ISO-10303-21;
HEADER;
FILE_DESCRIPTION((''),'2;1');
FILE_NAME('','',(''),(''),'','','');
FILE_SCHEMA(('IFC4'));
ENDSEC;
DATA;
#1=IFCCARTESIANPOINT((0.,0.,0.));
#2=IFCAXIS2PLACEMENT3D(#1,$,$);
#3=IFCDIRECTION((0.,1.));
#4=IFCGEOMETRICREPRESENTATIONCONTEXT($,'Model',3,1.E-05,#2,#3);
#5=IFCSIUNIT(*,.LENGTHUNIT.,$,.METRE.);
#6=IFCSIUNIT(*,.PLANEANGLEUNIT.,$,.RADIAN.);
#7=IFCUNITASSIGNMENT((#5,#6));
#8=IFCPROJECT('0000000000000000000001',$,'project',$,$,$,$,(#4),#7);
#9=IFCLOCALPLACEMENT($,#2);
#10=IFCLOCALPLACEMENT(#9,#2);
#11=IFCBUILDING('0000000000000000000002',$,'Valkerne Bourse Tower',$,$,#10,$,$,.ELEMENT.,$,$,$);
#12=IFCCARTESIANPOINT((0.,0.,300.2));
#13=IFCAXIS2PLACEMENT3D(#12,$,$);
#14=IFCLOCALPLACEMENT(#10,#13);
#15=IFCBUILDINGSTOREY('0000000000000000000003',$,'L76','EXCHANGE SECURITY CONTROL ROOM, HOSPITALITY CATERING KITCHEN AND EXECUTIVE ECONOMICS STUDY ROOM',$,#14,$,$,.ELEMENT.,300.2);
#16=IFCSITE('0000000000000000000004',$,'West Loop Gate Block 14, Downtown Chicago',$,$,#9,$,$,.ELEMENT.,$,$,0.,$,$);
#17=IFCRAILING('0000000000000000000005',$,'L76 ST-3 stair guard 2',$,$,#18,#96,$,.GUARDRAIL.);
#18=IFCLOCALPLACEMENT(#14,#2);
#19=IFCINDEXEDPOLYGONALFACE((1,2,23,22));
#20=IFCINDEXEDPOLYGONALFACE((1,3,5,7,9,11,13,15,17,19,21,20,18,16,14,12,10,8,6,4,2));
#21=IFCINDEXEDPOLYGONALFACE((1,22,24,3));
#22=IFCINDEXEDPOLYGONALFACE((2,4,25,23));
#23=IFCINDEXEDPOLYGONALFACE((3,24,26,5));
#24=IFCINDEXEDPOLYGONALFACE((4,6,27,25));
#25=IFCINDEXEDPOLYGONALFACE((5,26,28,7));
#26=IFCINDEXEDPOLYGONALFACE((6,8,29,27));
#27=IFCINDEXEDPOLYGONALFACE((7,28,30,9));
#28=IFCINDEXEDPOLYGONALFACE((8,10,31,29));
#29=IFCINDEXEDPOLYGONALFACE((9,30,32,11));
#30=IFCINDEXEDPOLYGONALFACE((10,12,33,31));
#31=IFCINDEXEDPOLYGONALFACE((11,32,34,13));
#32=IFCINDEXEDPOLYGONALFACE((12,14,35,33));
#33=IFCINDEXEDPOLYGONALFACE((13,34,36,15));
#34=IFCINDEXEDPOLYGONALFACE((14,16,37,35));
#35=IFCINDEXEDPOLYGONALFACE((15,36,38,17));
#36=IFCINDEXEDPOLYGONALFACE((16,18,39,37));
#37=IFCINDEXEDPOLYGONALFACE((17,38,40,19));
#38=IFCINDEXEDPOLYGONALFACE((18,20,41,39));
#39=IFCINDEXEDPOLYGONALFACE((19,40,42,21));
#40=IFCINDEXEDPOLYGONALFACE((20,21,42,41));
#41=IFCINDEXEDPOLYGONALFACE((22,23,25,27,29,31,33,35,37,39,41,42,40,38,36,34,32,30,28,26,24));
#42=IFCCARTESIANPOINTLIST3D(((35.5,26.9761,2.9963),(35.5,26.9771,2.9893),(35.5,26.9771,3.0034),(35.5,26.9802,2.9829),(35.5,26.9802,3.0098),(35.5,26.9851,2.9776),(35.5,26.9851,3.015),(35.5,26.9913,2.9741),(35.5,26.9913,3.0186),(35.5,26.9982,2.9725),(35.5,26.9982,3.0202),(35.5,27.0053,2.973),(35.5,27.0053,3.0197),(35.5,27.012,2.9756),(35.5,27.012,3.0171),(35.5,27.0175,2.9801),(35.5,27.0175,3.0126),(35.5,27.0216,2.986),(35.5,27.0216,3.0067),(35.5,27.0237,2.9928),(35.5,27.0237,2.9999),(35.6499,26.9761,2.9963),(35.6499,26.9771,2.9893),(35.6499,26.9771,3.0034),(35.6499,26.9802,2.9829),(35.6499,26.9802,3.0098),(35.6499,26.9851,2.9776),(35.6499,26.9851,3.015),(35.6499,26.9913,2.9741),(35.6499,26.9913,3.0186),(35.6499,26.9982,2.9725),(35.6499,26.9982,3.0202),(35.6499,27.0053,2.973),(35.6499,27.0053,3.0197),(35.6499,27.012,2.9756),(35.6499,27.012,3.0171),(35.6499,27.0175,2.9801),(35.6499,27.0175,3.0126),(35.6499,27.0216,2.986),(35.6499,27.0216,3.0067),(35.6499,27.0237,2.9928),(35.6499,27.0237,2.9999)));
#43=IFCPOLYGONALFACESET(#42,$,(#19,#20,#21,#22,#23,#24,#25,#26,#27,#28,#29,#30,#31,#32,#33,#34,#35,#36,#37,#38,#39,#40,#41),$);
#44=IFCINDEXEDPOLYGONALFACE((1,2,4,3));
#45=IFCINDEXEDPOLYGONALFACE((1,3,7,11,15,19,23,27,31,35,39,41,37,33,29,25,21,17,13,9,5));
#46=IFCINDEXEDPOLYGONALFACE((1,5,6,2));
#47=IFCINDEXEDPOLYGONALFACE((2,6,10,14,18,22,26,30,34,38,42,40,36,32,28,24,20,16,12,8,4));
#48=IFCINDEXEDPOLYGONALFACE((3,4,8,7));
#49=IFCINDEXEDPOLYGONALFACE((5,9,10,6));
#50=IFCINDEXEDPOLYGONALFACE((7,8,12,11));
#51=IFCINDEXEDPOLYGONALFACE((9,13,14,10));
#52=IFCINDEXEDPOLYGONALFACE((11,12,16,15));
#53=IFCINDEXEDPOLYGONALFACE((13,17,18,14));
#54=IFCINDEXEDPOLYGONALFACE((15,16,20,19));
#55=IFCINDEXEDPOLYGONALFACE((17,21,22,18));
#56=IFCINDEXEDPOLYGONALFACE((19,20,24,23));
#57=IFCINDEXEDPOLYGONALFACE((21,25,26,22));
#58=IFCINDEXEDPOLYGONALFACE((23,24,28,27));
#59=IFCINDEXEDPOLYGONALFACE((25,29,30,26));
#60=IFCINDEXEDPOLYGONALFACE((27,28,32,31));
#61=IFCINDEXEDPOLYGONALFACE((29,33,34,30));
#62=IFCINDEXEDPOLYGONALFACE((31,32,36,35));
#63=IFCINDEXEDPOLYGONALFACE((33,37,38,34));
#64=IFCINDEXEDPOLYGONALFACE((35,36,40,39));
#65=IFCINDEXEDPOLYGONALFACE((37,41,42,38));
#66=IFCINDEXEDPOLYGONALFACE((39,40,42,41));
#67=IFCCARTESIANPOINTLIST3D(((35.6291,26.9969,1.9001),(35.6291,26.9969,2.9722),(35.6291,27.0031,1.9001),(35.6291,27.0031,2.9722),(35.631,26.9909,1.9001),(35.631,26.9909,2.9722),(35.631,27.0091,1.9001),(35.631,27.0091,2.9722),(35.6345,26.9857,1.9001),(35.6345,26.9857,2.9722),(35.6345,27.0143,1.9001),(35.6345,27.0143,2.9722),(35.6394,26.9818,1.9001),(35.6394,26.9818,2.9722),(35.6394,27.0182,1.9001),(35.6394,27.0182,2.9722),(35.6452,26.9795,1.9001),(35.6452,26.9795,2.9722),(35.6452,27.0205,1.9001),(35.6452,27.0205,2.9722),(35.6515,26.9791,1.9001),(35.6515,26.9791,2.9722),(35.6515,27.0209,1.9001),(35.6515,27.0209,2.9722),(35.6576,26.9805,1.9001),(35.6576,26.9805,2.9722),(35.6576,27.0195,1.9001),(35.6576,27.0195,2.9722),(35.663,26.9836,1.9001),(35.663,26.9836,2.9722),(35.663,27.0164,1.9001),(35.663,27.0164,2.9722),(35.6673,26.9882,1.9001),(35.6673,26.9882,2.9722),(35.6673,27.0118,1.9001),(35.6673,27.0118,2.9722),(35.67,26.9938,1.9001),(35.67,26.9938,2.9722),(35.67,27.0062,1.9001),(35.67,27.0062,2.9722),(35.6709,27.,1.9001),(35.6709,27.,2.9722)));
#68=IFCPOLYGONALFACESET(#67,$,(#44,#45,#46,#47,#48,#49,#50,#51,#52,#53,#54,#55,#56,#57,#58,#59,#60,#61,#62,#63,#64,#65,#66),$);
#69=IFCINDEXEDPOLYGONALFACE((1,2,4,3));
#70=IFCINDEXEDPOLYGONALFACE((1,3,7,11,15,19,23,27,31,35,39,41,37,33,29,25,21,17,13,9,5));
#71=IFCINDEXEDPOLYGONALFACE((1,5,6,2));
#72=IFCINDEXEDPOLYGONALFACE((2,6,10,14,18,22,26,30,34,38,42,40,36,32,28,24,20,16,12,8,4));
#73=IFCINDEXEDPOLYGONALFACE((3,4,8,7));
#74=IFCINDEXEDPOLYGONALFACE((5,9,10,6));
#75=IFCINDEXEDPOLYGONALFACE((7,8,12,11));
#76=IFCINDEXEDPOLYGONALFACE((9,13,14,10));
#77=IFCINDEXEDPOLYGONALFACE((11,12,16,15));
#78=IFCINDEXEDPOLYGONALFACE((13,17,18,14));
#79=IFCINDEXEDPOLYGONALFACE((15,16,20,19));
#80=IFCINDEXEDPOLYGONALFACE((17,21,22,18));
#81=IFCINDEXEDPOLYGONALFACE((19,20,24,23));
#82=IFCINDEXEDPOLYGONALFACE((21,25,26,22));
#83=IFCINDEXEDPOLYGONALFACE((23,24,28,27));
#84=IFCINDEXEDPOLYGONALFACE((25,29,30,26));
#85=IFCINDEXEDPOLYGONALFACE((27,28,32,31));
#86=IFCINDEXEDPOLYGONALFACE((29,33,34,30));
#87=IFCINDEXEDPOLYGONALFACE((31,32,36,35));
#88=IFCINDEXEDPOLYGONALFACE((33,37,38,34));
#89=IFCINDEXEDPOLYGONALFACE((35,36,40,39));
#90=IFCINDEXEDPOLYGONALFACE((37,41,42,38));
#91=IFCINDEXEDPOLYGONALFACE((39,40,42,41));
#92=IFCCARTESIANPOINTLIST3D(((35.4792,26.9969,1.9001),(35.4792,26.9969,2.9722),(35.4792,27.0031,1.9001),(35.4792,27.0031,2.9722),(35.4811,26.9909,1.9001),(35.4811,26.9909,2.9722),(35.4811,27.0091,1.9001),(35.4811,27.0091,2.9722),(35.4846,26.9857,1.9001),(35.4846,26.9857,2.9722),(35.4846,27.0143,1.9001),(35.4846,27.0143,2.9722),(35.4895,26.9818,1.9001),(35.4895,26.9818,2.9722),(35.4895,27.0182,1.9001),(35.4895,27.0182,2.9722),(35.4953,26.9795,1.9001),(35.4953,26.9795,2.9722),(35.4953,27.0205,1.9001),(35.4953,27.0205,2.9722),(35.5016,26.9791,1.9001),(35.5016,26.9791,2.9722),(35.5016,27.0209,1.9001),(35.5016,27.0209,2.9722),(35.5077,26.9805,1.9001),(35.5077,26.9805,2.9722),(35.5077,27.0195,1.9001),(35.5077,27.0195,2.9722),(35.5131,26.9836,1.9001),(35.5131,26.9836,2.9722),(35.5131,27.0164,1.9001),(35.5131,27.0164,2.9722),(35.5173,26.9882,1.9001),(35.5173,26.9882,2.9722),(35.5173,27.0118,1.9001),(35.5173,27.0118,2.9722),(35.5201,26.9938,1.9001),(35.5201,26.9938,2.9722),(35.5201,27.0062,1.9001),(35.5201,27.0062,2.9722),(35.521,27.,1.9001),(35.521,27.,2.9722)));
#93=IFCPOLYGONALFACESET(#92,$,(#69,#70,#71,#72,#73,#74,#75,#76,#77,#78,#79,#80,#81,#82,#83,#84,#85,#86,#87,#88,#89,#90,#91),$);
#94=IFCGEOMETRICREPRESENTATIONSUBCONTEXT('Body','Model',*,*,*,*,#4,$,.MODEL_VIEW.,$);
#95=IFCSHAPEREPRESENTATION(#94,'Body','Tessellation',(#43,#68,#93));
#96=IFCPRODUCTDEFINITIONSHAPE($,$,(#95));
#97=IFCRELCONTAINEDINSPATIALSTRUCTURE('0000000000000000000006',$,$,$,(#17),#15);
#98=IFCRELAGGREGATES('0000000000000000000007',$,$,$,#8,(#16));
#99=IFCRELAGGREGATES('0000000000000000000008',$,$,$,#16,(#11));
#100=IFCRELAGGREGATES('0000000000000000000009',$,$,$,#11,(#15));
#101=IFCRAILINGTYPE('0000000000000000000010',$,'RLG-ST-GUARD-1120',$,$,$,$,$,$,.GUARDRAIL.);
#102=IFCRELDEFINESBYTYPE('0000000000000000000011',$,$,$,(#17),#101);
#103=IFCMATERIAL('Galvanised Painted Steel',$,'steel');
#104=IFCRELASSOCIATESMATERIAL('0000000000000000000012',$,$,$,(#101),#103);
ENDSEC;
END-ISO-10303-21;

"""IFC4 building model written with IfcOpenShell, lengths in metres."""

from ifc_helpers import new_model, si_unit, direction, frame, origin, origin_2d, place, context, subcontext, project, spatial, circle, extrude, material, type_object, element, save


model = new_model("IFC4")

# Units and contexts
model_context = context("Model", 3, precision=1e-05, world=origin(), true_north=direction((0.0, 1.0)))
body_context = subcontext(model_context, "Body", "Model", "MODEL_VIEW")
ifc_project = project(units=[si_unit("LENGTHUNIT", "METRE"), si_unit("PLANEANGLEUNIT", "RADIAN")], contexts=[model_context])

# Site, building, storey
site_placement = place(None, origin())
site = spatial("IfcSite", under=ifc_project, at=site_placement, Name="West Loop Gate Block 14, Downtown Chicago", CompositionType="ELEMENT", RefElevation=0.0)
building_placement = place(site_placement, origin())
building = spatial("IfcBuilding", under=site, at=building_placement, Name="Valkerne Bourse Tower", CompositionType="ELEMENT")
storey_placement = place(building_placement, frame((0.0, 0.0, 300.2)))
storey = spatial("IfcBuildingStorey", under=building, at=storey_placement, Name="L76", Description="EXCHANGE SECURITY CONTROL ROOM, HOSPITALITY CATERING KITCHEN AND EXECUTIVE ECONOMICS STUDY ROOM", CompositionType="ELEMENT", Elevation=300.2)

# Railing
ifc_material_1 = material(Name="Galvanised Painted Steel", Category="steel")
railing_type_1 = type_object("IfcRailingType", Name="RLG-ST-GUARD-1120", PredefinedType="GUARDRAIL", material=ifc_material_1)
railing_1_placement = place(storey_placement, frame((35.6499, 27.0, 1.9001)))
element("IfcRailing", 1, at=railing_1_placement, inside=storey, type_object=railing_type_1, Name="L76 ST-3 stair guard 2", PredefinedType="GUARDRAIL", context=body_context, shape_type="SweptSolid", body=[
    extrude(circle(Radius=0.0239, at=origin_2d()), frame((0.0, 0.0, 1.0962), z_axis=(-1.0, 0.0, 0.0), x_axis=(0.0, -1.0, 0.0)), (0.0, 0.0, 1.0), 0.1499),
    extrude(circle(Radius=0.021, at=origin_2d()), origin(), (0.0, 0.0, 1.0), 1.072),
    extrude(circle(Radius=0.021, at=origin_2d()), frame((-0.1499, 0.0, 0.0)), (0.0, 0.0, 1.0), 1.072),
])

save(model, "model.ifc")
